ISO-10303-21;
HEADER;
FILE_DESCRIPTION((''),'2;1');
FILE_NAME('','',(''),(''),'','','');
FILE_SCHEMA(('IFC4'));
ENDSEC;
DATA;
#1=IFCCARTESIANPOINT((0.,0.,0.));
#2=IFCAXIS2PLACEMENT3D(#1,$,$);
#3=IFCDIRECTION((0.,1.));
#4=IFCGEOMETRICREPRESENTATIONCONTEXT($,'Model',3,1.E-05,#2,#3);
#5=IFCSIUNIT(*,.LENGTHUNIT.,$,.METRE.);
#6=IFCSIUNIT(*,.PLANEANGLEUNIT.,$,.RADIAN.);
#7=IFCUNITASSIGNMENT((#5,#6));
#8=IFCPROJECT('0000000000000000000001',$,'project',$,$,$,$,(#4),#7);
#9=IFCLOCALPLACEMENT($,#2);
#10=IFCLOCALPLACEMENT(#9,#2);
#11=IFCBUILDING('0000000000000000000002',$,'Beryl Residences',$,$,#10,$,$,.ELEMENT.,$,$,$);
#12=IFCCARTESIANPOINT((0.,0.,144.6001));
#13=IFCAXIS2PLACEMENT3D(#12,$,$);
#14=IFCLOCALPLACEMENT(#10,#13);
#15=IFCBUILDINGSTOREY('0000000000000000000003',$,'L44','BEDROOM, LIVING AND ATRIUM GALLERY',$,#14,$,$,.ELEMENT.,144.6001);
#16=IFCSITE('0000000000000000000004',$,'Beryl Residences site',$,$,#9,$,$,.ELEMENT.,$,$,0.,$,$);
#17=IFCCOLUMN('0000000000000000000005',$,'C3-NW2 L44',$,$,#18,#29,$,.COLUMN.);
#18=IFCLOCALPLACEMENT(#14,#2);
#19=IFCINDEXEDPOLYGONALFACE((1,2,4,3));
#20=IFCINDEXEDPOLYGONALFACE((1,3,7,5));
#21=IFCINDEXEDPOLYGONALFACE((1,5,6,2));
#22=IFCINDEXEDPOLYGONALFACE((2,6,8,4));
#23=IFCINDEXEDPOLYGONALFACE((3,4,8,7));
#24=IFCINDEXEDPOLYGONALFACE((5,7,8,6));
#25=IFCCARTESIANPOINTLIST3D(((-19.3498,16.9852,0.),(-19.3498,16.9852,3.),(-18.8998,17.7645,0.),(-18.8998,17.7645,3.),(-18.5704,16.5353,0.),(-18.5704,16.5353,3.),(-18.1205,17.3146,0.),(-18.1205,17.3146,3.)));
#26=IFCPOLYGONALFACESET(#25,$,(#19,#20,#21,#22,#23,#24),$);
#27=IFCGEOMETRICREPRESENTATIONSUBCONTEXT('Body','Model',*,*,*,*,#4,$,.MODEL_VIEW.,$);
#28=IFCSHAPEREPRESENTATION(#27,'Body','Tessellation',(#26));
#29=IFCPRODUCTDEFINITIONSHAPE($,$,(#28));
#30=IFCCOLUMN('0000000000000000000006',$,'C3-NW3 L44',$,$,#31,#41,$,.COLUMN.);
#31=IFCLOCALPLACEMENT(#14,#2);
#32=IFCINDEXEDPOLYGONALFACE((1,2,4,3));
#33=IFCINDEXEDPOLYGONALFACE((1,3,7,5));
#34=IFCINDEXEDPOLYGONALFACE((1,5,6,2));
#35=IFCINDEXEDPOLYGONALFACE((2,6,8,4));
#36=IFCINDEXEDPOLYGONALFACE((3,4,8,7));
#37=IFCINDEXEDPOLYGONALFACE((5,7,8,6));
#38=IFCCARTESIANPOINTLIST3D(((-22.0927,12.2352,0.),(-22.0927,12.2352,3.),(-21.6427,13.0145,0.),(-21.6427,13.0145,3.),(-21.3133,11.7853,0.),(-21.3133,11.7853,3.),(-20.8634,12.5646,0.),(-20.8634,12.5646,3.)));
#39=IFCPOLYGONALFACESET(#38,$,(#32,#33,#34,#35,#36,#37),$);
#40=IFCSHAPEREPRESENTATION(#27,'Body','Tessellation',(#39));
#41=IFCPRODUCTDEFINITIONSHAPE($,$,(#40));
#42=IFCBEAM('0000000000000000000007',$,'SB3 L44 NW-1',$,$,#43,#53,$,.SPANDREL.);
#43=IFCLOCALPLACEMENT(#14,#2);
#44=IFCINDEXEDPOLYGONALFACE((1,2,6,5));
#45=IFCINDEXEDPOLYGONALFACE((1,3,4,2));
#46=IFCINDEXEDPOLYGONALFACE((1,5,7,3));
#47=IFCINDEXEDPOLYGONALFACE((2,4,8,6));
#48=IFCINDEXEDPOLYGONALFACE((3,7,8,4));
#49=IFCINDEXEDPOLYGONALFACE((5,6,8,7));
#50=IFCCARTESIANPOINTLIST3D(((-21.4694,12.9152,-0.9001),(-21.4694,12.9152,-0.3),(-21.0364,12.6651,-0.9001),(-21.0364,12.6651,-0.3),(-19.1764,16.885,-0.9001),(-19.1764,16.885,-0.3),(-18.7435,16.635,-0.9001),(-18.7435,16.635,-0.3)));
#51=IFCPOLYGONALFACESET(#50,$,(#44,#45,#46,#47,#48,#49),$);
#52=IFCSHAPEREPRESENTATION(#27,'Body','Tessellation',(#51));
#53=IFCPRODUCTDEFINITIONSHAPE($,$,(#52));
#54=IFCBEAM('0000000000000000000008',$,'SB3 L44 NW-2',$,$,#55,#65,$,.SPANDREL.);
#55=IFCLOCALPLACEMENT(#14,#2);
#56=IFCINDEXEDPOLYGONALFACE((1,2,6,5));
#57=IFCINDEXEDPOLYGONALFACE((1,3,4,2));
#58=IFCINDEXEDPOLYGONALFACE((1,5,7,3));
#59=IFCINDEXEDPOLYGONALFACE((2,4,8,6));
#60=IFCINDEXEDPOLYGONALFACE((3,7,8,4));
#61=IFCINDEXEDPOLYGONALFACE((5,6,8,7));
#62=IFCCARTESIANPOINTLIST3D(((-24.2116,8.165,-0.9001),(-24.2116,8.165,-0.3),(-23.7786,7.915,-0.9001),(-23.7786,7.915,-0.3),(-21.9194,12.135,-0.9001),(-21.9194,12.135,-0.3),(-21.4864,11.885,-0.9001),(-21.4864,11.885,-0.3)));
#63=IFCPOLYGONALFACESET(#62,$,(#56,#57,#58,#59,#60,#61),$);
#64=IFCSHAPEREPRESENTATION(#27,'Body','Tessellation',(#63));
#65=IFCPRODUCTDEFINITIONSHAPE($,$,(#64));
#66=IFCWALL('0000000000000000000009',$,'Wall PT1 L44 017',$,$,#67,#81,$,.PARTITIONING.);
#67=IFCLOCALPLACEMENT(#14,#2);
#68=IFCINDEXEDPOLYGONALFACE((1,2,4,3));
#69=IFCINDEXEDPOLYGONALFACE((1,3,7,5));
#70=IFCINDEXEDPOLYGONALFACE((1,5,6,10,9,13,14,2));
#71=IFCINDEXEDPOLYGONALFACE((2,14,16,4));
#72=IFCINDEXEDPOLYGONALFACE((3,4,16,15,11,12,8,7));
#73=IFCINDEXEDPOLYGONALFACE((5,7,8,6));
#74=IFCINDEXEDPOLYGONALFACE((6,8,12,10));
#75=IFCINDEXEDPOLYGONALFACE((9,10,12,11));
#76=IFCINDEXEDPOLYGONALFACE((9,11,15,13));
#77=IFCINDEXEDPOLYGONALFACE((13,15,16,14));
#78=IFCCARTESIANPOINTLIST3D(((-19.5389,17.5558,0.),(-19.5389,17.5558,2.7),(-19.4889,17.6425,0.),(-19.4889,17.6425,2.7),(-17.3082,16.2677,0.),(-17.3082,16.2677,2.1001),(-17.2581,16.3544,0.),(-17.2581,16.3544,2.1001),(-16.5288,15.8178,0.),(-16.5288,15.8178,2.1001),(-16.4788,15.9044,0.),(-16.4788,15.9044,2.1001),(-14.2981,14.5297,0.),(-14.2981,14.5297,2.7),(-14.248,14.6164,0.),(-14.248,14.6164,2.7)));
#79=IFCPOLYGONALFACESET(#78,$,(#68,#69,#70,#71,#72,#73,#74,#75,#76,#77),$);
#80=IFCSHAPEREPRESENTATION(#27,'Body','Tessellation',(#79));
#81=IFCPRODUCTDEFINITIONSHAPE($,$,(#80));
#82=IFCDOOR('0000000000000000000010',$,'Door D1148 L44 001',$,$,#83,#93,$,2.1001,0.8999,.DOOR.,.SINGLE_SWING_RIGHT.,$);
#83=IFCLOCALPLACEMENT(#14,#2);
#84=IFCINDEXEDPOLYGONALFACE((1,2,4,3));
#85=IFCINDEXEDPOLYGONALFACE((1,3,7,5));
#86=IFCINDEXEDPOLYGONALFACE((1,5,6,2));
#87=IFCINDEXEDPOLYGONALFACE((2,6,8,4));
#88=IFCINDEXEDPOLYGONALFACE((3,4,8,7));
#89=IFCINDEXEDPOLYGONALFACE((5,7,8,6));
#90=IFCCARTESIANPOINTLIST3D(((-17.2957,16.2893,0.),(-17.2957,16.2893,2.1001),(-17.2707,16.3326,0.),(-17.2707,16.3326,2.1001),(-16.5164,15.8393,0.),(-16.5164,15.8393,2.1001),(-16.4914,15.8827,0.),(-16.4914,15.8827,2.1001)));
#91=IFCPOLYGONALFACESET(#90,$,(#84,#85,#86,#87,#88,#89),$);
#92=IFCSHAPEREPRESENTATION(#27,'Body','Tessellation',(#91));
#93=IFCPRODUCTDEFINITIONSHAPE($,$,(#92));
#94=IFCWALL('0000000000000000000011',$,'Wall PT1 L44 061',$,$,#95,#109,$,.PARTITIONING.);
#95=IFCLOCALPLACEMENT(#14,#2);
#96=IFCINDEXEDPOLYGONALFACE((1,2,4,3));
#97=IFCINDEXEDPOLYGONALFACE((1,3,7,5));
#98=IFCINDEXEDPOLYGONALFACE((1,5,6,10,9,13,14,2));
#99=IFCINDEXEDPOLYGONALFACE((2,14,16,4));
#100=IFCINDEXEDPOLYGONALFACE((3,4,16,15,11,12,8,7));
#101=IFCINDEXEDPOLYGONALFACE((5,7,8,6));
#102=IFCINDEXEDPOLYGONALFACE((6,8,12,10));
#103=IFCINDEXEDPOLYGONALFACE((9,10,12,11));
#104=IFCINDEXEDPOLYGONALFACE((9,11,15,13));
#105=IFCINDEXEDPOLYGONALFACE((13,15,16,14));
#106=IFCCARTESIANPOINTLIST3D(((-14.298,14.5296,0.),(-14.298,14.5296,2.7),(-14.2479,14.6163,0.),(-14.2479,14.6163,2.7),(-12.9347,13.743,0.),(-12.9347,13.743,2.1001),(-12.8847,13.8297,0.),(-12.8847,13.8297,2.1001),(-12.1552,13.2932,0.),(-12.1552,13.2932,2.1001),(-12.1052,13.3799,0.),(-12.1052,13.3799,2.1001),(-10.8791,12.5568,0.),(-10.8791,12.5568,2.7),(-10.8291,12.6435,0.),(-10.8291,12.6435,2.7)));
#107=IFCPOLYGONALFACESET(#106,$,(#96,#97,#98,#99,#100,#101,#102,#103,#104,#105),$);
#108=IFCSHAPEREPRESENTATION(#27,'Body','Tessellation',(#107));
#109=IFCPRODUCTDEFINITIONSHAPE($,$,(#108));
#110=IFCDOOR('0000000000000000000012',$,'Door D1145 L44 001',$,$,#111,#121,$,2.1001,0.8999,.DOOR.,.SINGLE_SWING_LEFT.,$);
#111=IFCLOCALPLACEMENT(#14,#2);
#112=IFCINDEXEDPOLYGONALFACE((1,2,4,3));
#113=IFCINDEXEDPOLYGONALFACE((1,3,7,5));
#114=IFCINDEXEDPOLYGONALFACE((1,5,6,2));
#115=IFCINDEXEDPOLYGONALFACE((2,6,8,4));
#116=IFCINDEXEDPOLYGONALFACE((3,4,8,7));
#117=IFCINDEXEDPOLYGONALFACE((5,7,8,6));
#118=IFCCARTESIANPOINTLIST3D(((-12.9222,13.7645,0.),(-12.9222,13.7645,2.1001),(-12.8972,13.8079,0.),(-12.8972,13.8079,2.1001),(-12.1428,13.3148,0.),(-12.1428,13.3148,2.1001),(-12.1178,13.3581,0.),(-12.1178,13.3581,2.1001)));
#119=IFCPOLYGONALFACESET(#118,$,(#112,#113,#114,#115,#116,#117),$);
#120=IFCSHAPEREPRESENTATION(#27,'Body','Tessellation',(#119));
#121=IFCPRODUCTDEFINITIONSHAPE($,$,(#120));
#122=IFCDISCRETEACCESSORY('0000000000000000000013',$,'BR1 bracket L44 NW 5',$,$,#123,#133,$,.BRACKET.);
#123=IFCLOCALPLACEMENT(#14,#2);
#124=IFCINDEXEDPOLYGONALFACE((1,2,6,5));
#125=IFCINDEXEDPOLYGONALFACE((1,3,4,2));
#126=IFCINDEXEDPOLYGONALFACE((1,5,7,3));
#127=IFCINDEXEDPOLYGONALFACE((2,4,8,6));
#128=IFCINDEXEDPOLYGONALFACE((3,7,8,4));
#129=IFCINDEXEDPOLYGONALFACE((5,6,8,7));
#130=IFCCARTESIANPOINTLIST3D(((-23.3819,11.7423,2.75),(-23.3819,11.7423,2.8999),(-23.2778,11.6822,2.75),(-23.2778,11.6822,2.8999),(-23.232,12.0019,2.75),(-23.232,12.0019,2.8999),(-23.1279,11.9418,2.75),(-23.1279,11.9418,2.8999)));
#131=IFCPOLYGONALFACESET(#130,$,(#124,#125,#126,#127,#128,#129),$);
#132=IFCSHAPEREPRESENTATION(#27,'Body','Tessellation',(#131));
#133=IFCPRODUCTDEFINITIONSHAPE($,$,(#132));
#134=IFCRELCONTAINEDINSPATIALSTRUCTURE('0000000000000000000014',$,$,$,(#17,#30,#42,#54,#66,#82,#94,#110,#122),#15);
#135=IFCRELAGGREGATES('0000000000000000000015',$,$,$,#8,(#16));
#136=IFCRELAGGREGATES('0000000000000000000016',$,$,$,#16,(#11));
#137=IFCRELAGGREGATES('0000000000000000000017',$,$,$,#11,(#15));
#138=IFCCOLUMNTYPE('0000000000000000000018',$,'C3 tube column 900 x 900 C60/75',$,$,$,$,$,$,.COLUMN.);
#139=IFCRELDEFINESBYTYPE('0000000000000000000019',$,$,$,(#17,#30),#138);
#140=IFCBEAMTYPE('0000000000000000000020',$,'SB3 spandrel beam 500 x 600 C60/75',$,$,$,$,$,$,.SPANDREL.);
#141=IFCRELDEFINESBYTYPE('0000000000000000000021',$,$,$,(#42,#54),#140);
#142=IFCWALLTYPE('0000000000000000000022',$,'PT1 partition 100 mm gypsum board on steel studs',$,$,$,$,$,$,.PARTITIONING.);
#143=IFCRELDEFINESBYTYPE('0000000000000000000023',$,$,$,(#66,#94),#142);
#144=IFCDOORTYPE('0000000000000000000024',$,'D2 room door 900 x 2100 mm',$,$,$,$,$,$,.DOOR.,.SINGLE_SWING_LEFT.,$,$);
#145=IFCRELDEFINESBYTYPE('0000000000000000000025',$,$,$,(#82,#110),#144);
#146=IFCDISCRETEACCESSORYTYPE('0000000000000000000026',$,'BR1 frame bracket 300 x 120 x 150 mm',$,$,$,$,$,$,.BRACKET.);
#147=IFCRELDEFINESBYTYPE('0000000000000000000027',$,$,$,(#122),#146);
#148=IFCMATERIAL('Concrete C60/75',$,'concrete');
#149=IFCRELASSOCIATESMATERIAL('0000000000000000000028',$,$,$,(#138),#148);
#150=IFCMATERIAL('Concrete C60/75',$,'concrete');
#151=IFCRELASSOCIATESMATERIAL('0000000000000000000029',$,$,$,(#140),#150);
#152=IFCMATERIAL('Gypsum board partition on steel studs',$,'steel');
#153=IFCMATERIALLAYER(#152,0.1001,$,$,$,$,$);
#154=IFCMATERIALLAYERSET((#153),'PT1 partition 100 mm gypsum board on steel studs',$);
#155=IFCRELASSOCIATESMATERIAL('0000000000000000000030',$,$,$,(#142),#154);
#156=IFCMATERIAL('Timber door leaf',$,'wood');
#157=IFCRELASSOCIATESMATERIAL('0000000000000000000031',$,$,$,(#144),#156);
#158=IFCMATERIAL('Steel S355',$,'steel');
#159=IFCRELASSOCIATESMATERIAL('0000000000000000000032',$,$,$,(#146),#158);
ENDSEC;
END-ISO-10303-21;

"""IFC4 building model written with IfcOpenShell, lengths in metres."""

from ifc_helpers import new_model, si_unit, direction, frame, frame_2d, origin, origin_2d, place, context, subcontext, project, spatial, polyline, rectangle, outline, extrude, source, transform, mapped, material, layer, layer_set, material_profile, profile_set, type_object, type_shapes, element, fill, save


model = new_model("IFC4")

# Units and contexts
model_context = context("Model", 3, precision=1e-05, world=origin(), true_north=direction((0.0, 1.0)))
body_context = subcontext(model_context, "Body", "Model", "MODEL_VIEW")
ifc_project = project(units=[si_unit("LENGTHUNIT", "METRE"), si_unit("PLANEANGLEUNIT", "RADIAN")], contexts=[model_context])

# Site, building, storey
site_placement = place(None, origin())
site = spatial("IfcSite", under=ifc_project, at=site_placement, Name="Beryl Residences site", CompositionType="ELEMENT", RefElevation=0.0)
building_placement = place(site_placement, origin())
building = spatial("IfcBuilding", under=site, at=building_placement, Name="Beryl Residences", CompositionType="ELEMENT")
storey_placement = place(building_placement, frame((0.0, 0.0, 144.6001)))
storey = spatial("IfcBuildingStorey", under=building, at=storey_placement, Name="L44", Description="BEDROOM, LIVING AND ATRIUM GALLERY", CompositionType="ELEMENT", Elevation=144.6001)

# Columns
ifc_material_1 = material(Name="Concrete C60/75", Category="concrete")
ifc_material_profile_1 = material_profile(ifc_material_1, rectangle(XDim=0.8999, YDim=0.8999, at=origin_2d()))
ifc_profile_set_1 = profile_set([ifc_material_profile_1], Name="Concrete C60/75")
column_type = type_object("IfcColumnType", Name="C3 tube column 900 x 900 C60/75", PredefinedType="COLUMN", material=ifc_profile_set_1)
for number, where, z_axis, x_axis, name in (
    (1, (-18.7351, 17.1499, 0.0), (0.0, 0.0, 1.0), (-0.5, -0.866025, 0.0), "C3-NW2 L44"),
    (2, (-21.478, 12.3999, 0.0), (0.0, 0.0, 1.0), (-0.5, -0.866025, 0.0), "C3-NW3 L44"),
):
    element("IfcColumn", number, at=place(storey_placement, frame(where, z_axis=z_axis, x_axis=x_axis)), inside=storey, type_object=column_type, Name=name, PredefinedType="COLUMN", context=body_context, shape_type="SweptSolid", body=[
        extrude(rectangle(XDim=0.8999, YDim=0.8999, at=origin_2d()), origin(), (0.0, 0.0, 1.0), 3.0),
    ])

# Beams
ifc_material_2 = material(Name="Concrete C60/75", Category="concrete")
ifc_material_profile_2 = material_profile(ifc_material_2, rectangle(XDim=0.5, YDim=0.6001, at=origin_2d()))
ifc_profile_set_2 = profile_set([ifc_material_profile_2], Name="Concrete C60/75")
beam_type = type_object("IfcBeamType", Name="SB3 spandrel beam 500 x 600 C60/75", PredefinedType="SPANDREL", material=ifc_profile_set_2)
beam_1_placement = place(storey_placement, frame((-18.96, 16.76, -0.6001), z_axis=(-0.500148, -0.86594, 0.0), x_axis=(0.86594, -0.500148, 0.0)))
element("IfcBeam", 3, at=beam_1_placement, inside=storey, type_object=beam_type, Name="SB3 L44 NW-1", PredefinedType="SPANDREL", context=body_context, shape_type="SweptSolid", body=[
    extrude(rectangle(XDim=0.5, YDim=0.6001, at=origin_2d()), origin(), (0.0, 0.0, 1.0), 4.5845),
])
beam_2_placement = place(storey_placement, frame((-21.7029, 12.01, -0.6001), z_axis=(-0.500028, -0.866009, 0.0), x_axis=(0.866009, -0.500028, 0.0)))
element("IfcBeam", 4, at=beam_2_placement, inside=storey, type_object=beam_type, Name="SB3 L44 NW-2", PredefinedType="SPANDREL", context=body_context, shape_type="SweptSolid", body=[
    extrude(rectangle(XDim=0.5, YDim=0.6001, at=origin_2d()), origin(), (0.0, 0.0, 1.0), 4.5842),
])

# Walls, openings, doors
ifc_material_3 = material(Name="Gypsum board partition on steel studs", Category="steel")
ifc_layer = layer(ifc_material_3, 0.1001)
ifc_layer_set = layer_set([ifc_layer], Name="PT1 partition 100 mm gypsum board on steel studs")
wall_type = type_object("IfcWallType", Name="PT1 partition 100 mm gypsum board on steel studs", PredefinedType="PARTITIONING", material=ifc_layer_set)
wall_1_placement = place(storey_placement, frame((-19.5139, 17.5991, 0.0), z_axis=(0.0, 0.0, 1.0), x_axis=(0.866008, -0.500031, 0.0)))
wall_1 = element("IfcWall", 5, at=wall_1_placement, inside=storey, type_object=wall_type, Name="Wall PT1 L44 017", PredefinedType="PARTITIONING", context=body_context, shape_type="SweptSolid", body=[
    extrude(rectangle(XDim=6.0518, YDim=0.1001, at=frame_2d((3.0259, 0.0))), origin(), (0.0, 0.0, 1.0), 2.7),
])
opening_1_placement = place(wall_1_placement, frame((2.5759, 0.0, 0.0)))
opening_1 = element("IfcOpeningElement", 6, at=opening_1_placement, cuts=wall_1, PredefinedType="OPENING", context=body_context, shape_type="SweptSolid", body=[
    extrude(rectangle(XDim=0.8999, YDim=2.1001, at=frame_2d((0.45, 1.05))), frame((0.0, 0.0601, 0.0), z_axis=(0.0, -1.0, 0.0), x_axis=(1.0, 0.0, 0.0)), (0.0, 0.0, 1.0), 0.1201),
])
ifc_material_4 = material(Name="Timber door leaf", Category="wood")
door_type = type_object("IfcDoorType", Name="D2 room door 900 x 2100 mm", OperationType="SINGLE_SWING_LEFT", PredefinedType="DOOR", material=ifc_material_4)
door_1_placement = place(opening_1_placement, origin())
door_1 = element("IfcDoor", 7, at=door_1_placement, inside=storey, type_object=door_type, Name="Door D1148 L44 001", OperationType="SINGLE_SWING_RIGHT", OverallHeight=2.1001, OverallWidth=0.8999, PredefinedType="DOOR", context=body_context, shape_type="SweptSolid", body=[
    extrude(rectangle(XDim=0.8999, YDim=2.1001, at=frame_2d((0.45, 1.05))), frame((0.0, 0.0249, 0.0), z_axis=(0.0, -1.0, 0.0), x_axis=(1.0, 0.0, 0.0)), (0.0, 0.0, 1.0), 0.05),
])
fill(opening_1, door_1)
wall_2_placement = place(storey_placement, frame((-14.2729, 14.573, 0.0), z_axis=(0.0, 0.0, 1.0), x_axis=(0.866138, -0.499805, 0.0)))
wall_2 = element("IfcWall", 8, at=wall_2_placement, inside=storey, type_object=wall_type, Name="Wall PT1 L44 061", PredefinedType="PARTITIONING", context=body_context, shape_type="SweptSolid", body=[
    extrude(rectangle(XDim=3.9473, YDim=0.1001, at=frame_2d((1.9736, 0.0))), origin(), (0.0, 0.0, 1.0), 2.7),
])
opening_2_placement = place(wall_2_placement, frame((1.574, 0.0, 0.0)))
opening_2 = element("IfcOpeningElement", 9, at=opening_2_placement, cuts=wall_2, PredefinedType="OPENING", context=body_context, shape_type="SweptSolid", body=[
    extrude(rectangle(XDim=0.8999, YDim=2.1001, at=frame_2d((0.45, 1.05))), frame((0.0, 0.0601, 0.0), z_axis=(0.0, -1.0, 0.0), x_axis=(1.0, 0.0, 0.0)), (0.0, 0.0, 1.0), 0.1201),
])
door_2_placement = place(opening_2_placement, origin())
door_2 = element("IfcDoor", 10, at=door_2_placement, inside=storey, type_object=door_type, Name="Door D1145 L44 001", OperationType="SINGLE_SWING_LEFT", OverallHeight=2.1001, OverallWidth=0.8999, PredefinedType="DOOR", context=body_context, shape_type="SweptSolid", body=[
    extrude(rectangle(XDim=0.8999, YDim=2.1001, at=frame_2d((0.45, 1.05))), frame((0.0, 0.0249, 0.0), z_axis=(0.0, -1.0, 0.0), x_axis=(1.0, 0.0, 0.0)), (0.0, 0.0, 1.0), 0.05),
])
fill(opening_2, door_2)

# Discrete accessory
ifc_material_5 = material(Name="Steel S355", Category="steel")
discrete_accessory_type = type_object("IfcDiscreteAccessoryType", Name="BR1 frame bracket 300 x 120 x 150 mm", PredefinedType="BRACKET", material=ifc_material_5)
shared_shape_1 = source(origin(), body_context, "Body", "SweptSolid", [
    extrude(outline(polyline([(-0.1499, 0.0), (0.1499, 0.0), (0.1499, 0.1201), (-0.1499, 0.1201), (-0.1499, 0.0)])), origin(), (0.0, 0.0, 1.0), 0.1499),
])
type_shapes(discrete_accessory_type, [shared_shape_1])
discrete_accessory_placement = place(storey_placement, frame((-23.2029, 11.812, 2.75), z_axis=(0.0, 0.0, 1.0), x_axis=(0.5, 0.866025, 0.0)))
element("IfcDiscreteAccessory", 11, at=discrete_accessory_placement, inside=storey, type_object=discrete_accessory_type, Name="BR1 bracket L44 NW 5", PredefinedType="BRACKET", context=body_context, shape_type="MappedRepresentation", body=[
    mapped(shared_shape_1, transform((0.0, 0.0, 0.0))),
])

save(model, "model.ifc")
